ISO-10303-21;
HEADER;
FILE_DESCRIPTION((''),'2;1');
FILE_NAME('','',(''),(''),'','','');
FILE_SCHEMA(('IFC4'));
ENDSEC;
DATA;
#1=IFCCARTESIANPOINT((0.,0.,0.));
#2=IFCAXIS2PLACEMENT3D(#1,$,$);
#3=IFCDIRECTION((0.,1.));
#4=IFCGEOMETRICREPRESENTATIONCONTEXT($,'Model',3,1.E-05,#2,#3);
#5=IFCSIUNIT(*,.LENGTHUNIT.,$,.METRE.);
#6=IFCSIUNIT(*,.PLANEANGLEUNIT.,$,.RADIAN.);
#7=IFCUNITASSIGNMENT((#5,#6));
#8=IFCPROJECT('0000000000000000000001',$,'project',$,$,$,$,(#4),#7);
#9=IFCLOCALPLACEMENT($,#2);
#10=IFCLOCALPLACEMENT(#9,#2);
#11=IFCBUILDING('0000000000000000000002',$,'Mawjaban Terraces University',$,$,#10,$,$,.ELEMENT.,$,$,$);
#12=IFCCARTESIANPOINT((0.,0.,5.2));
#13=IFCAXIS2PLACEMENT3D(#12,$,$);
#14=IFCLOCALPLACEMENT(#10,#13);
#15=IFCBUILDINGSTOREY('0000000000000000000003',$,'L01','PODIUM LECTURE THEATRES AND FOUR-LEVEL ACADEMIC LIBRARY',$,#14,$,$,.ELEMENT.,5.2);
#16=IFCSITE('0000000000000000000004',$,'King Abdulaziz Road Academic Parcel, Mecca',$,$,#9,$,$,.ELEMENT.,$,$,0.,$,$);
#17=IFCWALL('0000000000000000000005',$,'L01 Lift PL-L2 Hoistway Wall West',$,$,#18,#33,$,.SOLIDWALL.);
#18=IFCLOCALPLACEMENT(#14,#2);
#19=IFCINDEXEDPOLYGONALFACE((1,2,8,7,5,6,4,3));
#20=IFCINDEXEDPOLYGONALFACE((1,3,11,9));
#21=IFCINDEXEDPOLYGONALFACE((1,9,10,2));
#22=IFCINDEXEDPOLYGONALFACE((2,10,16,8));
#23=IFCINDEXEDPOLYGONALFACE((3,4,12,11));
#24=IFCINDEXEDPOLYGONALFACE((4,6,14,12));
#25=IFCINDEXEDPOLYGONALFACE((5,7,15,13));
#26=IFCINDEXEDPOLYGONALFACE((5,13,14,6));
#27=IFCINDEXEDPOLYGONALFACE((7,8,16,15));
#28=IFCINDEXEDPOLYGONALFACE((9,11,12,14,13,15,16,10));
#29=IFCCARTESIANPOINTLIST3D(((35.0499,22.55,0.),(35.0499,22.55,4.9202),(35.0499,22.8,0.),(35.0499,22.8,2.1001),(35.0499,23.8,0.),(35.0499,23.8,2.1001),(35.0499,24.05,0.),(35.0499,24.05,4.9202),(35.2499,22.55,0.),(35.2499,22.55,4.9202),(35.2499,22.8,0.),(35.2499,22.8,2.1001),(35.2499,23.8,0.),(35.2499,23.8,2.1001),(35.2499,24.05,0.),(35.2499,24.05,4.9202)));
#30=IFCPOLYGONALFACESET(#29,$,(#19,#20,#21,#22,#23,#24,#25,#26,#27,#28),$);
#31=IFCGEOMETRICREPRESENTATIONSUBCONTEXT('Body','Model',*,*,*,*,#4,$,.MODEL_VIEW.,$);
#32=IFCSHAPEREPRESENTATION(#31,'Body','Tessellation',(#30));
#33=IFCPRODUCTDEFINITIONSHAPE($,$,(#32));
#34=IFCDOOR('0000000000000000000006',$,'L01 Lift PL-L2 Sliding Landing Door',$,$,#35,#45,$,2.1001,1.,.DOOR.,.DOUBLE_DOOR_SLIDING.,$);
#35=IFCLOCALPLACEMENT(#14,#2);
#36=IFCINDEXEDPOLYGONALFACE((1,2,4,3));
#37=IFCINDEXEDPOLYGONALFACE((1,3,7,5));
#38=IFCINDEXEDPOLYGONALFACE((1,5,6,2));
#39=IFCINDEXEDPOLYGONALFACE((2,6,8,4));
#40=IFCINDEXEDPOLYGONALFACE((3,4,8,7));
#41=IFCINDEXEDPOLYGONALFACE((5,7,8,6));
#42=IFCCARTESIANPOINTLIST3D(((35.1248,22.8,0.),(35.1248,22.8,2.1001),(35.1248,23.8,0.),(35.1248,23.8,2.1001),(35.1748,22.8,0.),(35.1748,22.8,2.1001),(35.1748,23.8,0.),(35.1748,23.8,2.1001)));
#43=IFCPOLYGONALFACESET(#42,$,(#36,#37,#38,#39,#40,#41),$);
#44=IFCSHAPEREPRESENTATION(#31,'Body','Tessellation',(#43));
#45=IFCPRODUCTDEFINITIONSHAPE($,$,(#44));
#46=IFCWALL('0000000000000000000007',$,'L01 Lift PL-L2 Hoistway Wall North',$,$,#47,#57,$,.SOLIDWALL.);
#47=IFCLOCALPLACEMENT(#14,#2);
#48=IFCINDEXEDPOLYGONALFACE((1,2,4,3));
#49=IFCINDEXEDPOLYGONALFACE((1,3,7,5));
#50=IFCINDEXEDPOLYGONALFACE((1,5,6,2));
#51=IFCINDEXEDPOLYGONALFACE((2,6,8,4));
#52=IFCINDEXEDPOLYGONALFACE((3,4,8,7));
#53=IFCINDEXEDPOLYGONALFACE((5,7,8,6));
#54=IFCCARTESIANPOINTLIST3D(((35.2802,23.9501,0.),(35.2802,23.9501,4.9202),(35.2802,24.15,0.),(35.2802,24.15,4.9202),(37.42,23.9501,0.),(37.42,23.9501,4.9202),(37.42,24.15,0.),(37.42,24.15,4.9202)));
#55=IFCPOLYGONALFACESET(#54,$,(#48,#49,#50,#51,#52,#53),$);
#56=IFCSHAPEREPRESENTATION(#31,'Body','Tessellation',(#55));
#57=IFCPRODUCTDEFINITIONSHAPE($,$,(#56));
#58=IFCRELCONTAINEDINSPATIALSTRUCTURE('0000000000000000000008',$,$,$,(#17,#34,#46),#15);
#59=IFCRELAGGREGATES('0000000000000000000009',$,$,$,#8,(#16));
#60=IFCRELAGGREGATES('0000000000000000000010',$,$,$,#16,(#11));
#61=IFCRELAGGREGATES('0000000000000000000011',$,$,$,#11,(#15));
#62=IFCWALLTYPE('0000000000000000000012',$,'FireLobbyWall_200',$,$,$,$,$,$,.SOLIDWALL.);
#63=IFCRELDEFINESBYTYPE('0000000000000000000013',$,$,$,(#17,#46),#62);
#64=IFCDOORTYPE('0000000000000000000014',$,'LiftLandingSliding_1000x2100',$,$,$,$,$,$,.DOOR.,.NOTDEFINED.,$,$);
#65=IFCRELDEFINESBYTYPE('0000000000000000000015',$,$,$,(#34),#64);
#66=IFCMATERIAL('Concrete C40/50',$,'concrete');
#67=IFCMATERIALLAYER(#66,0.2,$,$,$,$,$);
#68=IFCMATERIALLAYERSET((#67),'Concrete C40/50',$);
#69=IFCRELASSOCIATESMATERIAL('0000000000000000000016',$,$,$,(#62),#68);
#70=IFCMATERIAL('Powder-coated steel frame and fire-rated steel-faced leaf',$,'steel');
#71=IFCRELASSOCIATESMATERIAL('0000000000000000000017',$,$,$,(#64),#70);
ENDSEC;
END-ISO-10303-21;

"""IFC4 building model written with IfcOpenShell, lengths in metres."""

from ifc_helpers import new_model, si_unit, direction, frame, frame_2d, origin, place, context, subcontext, project, spatial, rectangle, extrude, material, layer, layer_set, type_object, element, fill, save


model = new_model("IFC4")

# Units and contexts
model_context = context("Model", 3, precision=1e-05, world=origin(), true_north=direction((0.0, 1.0)))
body_context = subcontext(model_context, "Body", "Model", "MODEL_VIEW")
ifc_project = project(units=[si_unit("LENGTHUNIT", "METRE"), si_unit("PLANEANGLEUNIT", "RADIAN")], contexts=[model_context])

# Site, building, storey
site_placement = place(None, origin())
site = spatial("IfcSite", under=ifc_project, at=site_placement, Name="King Abdulaziz Road Academic Parcel, Mecca", CompositionType="ELEMENT", RefElevation=0.0)
building_placement = place(site_placement, origin())
building = spatial("IfcBuilding", under=site, at=building_placement, Name="Mawjaban Terraces University", CompositionType="ELEMENT")
storey_placement = place(building_placement, frame((0.0, 0.0, 5.2)))
storey = spatial("IfcBuildingStorey", under=building, at=storey_placement, Name="L01", Description="PODIUM LECTURE THEATRES AND FOUR-LEVEL ACADEMIC LIBRARY", CompositionType="ELEMENT", Elevation=5.2)

# Shared definitions
ifc_material_1 = material(Name="Concrete C40/50", Category="concrete")
ifc_layer_1 = layer(ifc_material_1, 0.2)
ifc_layer_set_1 = layer_set([ifc_layer_1], Name="Concrete C40/50")
wall_type_1 = type_object("IfcWallType", Name="FireLobbyWall_200", PredefinedType="SOLIDWALL", material=ifc_layer_set_1)

# Shared definitions
ifc_material_2 = material(Name="Powder-coated steel frame and fire-rated steel-faced leaf", Category="steel")
door_type_1 = type_object("IfcDoorType", Name="LiftLandingSliding_1000x2100", OperationType="NOTDEFINED", PredefinedType="DOOR", material=ifc_material_2)

# Wall, opening, door
wall_1_placement = place(storey_placement, frame((35.1499, 24.05, 0.0), z_axis=(0.0, 0.0, 1.0), x_axis=(0.0, -1.0, 0.0)))
wall_1 = element("IfcWall", 1, at=wall_1_placement, inside=storey, type_object=wall_type_1, Name="L01 Lift PL-L2 Hoistway Wall West", PredefinedType="SOLIDWALL", context=body_context, shape_type="SweptSolid", body=[
    extrude(rectangle(XDim=1.5, YDim=0.2, at=frame_2d((0.75, 0.0))), origin(), (0.0, 0.0, 1.0), 4.9202),
])
opening_1_placement = place(wall_1_placement, frame((0.25, 0.0, 0.0)))
opening_1 = element("IfcOpeningElement", 2, at=opening_1_placement, cuts=wall_1, PredefinedType="OPENING", context=body_context, shape_type="SweptSolid", body=[
    extrude(rectangle(XDim=1.0, YDim=2.1001, at=frame_2d((0.5, 1.05))), frame((0.0, 0.1099, 0.0), z_axis=(0.0, -1.0, 0.0), x_axis=(1.0, 0.0, 0.0)), (0.0, 0.0, 1.0), 0.22),
])
door_1_placement = place(opening_1_placement, origin())
door_1 = element("IfcDoor", 3, at=door_1_placement, inside=storey, type_object=door_type_1, Name="L01 Lift PL-L2 Sliding Landing Door", OperationType="DOUBLE_DOOR_SLIDING", OverallHeight=2.1001, OverallWidth=1.0, PredefinedType="DOOR", context=body_context, shape_type="SweptSolid", body=[
    extrude(rectangle(XDim=1.0, YDim=2.1001, at=frame_2d((0.5, 1.05))), frame((0.0, 0.0249, 0.0), z_axis=(0.0, -1.0, 0.0), x_axis=(1.0, 0.0, 0.0)), (0.0, 0.0, 1.0), 0.05),
])
fill(opening_1, door_1)

# Wall
wall_2_placement = place(storey_placement, frame((37.4199, 24.05, 0.0), z_axis=(0.0, 0.0, 1.0), x_axis=(-1.0, 0.0, 0.0)))
element("IfcWall", 4, at=wall_2_placement, inside=storey, type_object=wall_type_1, Name="L01 Lift PL-L2 Hoistway Wall North", PredefinedType="SOLIDWALL", context=body_context, shape_type="SweptSolid", body=[
    extrude(rectangle(XDim=2.1399, YDim=0.2, at=frame_2d((1.0698, 0.0))), origin(), (0.0, 0.0, 1.0), 4.9202),
])

save(model, "model.ifc")
